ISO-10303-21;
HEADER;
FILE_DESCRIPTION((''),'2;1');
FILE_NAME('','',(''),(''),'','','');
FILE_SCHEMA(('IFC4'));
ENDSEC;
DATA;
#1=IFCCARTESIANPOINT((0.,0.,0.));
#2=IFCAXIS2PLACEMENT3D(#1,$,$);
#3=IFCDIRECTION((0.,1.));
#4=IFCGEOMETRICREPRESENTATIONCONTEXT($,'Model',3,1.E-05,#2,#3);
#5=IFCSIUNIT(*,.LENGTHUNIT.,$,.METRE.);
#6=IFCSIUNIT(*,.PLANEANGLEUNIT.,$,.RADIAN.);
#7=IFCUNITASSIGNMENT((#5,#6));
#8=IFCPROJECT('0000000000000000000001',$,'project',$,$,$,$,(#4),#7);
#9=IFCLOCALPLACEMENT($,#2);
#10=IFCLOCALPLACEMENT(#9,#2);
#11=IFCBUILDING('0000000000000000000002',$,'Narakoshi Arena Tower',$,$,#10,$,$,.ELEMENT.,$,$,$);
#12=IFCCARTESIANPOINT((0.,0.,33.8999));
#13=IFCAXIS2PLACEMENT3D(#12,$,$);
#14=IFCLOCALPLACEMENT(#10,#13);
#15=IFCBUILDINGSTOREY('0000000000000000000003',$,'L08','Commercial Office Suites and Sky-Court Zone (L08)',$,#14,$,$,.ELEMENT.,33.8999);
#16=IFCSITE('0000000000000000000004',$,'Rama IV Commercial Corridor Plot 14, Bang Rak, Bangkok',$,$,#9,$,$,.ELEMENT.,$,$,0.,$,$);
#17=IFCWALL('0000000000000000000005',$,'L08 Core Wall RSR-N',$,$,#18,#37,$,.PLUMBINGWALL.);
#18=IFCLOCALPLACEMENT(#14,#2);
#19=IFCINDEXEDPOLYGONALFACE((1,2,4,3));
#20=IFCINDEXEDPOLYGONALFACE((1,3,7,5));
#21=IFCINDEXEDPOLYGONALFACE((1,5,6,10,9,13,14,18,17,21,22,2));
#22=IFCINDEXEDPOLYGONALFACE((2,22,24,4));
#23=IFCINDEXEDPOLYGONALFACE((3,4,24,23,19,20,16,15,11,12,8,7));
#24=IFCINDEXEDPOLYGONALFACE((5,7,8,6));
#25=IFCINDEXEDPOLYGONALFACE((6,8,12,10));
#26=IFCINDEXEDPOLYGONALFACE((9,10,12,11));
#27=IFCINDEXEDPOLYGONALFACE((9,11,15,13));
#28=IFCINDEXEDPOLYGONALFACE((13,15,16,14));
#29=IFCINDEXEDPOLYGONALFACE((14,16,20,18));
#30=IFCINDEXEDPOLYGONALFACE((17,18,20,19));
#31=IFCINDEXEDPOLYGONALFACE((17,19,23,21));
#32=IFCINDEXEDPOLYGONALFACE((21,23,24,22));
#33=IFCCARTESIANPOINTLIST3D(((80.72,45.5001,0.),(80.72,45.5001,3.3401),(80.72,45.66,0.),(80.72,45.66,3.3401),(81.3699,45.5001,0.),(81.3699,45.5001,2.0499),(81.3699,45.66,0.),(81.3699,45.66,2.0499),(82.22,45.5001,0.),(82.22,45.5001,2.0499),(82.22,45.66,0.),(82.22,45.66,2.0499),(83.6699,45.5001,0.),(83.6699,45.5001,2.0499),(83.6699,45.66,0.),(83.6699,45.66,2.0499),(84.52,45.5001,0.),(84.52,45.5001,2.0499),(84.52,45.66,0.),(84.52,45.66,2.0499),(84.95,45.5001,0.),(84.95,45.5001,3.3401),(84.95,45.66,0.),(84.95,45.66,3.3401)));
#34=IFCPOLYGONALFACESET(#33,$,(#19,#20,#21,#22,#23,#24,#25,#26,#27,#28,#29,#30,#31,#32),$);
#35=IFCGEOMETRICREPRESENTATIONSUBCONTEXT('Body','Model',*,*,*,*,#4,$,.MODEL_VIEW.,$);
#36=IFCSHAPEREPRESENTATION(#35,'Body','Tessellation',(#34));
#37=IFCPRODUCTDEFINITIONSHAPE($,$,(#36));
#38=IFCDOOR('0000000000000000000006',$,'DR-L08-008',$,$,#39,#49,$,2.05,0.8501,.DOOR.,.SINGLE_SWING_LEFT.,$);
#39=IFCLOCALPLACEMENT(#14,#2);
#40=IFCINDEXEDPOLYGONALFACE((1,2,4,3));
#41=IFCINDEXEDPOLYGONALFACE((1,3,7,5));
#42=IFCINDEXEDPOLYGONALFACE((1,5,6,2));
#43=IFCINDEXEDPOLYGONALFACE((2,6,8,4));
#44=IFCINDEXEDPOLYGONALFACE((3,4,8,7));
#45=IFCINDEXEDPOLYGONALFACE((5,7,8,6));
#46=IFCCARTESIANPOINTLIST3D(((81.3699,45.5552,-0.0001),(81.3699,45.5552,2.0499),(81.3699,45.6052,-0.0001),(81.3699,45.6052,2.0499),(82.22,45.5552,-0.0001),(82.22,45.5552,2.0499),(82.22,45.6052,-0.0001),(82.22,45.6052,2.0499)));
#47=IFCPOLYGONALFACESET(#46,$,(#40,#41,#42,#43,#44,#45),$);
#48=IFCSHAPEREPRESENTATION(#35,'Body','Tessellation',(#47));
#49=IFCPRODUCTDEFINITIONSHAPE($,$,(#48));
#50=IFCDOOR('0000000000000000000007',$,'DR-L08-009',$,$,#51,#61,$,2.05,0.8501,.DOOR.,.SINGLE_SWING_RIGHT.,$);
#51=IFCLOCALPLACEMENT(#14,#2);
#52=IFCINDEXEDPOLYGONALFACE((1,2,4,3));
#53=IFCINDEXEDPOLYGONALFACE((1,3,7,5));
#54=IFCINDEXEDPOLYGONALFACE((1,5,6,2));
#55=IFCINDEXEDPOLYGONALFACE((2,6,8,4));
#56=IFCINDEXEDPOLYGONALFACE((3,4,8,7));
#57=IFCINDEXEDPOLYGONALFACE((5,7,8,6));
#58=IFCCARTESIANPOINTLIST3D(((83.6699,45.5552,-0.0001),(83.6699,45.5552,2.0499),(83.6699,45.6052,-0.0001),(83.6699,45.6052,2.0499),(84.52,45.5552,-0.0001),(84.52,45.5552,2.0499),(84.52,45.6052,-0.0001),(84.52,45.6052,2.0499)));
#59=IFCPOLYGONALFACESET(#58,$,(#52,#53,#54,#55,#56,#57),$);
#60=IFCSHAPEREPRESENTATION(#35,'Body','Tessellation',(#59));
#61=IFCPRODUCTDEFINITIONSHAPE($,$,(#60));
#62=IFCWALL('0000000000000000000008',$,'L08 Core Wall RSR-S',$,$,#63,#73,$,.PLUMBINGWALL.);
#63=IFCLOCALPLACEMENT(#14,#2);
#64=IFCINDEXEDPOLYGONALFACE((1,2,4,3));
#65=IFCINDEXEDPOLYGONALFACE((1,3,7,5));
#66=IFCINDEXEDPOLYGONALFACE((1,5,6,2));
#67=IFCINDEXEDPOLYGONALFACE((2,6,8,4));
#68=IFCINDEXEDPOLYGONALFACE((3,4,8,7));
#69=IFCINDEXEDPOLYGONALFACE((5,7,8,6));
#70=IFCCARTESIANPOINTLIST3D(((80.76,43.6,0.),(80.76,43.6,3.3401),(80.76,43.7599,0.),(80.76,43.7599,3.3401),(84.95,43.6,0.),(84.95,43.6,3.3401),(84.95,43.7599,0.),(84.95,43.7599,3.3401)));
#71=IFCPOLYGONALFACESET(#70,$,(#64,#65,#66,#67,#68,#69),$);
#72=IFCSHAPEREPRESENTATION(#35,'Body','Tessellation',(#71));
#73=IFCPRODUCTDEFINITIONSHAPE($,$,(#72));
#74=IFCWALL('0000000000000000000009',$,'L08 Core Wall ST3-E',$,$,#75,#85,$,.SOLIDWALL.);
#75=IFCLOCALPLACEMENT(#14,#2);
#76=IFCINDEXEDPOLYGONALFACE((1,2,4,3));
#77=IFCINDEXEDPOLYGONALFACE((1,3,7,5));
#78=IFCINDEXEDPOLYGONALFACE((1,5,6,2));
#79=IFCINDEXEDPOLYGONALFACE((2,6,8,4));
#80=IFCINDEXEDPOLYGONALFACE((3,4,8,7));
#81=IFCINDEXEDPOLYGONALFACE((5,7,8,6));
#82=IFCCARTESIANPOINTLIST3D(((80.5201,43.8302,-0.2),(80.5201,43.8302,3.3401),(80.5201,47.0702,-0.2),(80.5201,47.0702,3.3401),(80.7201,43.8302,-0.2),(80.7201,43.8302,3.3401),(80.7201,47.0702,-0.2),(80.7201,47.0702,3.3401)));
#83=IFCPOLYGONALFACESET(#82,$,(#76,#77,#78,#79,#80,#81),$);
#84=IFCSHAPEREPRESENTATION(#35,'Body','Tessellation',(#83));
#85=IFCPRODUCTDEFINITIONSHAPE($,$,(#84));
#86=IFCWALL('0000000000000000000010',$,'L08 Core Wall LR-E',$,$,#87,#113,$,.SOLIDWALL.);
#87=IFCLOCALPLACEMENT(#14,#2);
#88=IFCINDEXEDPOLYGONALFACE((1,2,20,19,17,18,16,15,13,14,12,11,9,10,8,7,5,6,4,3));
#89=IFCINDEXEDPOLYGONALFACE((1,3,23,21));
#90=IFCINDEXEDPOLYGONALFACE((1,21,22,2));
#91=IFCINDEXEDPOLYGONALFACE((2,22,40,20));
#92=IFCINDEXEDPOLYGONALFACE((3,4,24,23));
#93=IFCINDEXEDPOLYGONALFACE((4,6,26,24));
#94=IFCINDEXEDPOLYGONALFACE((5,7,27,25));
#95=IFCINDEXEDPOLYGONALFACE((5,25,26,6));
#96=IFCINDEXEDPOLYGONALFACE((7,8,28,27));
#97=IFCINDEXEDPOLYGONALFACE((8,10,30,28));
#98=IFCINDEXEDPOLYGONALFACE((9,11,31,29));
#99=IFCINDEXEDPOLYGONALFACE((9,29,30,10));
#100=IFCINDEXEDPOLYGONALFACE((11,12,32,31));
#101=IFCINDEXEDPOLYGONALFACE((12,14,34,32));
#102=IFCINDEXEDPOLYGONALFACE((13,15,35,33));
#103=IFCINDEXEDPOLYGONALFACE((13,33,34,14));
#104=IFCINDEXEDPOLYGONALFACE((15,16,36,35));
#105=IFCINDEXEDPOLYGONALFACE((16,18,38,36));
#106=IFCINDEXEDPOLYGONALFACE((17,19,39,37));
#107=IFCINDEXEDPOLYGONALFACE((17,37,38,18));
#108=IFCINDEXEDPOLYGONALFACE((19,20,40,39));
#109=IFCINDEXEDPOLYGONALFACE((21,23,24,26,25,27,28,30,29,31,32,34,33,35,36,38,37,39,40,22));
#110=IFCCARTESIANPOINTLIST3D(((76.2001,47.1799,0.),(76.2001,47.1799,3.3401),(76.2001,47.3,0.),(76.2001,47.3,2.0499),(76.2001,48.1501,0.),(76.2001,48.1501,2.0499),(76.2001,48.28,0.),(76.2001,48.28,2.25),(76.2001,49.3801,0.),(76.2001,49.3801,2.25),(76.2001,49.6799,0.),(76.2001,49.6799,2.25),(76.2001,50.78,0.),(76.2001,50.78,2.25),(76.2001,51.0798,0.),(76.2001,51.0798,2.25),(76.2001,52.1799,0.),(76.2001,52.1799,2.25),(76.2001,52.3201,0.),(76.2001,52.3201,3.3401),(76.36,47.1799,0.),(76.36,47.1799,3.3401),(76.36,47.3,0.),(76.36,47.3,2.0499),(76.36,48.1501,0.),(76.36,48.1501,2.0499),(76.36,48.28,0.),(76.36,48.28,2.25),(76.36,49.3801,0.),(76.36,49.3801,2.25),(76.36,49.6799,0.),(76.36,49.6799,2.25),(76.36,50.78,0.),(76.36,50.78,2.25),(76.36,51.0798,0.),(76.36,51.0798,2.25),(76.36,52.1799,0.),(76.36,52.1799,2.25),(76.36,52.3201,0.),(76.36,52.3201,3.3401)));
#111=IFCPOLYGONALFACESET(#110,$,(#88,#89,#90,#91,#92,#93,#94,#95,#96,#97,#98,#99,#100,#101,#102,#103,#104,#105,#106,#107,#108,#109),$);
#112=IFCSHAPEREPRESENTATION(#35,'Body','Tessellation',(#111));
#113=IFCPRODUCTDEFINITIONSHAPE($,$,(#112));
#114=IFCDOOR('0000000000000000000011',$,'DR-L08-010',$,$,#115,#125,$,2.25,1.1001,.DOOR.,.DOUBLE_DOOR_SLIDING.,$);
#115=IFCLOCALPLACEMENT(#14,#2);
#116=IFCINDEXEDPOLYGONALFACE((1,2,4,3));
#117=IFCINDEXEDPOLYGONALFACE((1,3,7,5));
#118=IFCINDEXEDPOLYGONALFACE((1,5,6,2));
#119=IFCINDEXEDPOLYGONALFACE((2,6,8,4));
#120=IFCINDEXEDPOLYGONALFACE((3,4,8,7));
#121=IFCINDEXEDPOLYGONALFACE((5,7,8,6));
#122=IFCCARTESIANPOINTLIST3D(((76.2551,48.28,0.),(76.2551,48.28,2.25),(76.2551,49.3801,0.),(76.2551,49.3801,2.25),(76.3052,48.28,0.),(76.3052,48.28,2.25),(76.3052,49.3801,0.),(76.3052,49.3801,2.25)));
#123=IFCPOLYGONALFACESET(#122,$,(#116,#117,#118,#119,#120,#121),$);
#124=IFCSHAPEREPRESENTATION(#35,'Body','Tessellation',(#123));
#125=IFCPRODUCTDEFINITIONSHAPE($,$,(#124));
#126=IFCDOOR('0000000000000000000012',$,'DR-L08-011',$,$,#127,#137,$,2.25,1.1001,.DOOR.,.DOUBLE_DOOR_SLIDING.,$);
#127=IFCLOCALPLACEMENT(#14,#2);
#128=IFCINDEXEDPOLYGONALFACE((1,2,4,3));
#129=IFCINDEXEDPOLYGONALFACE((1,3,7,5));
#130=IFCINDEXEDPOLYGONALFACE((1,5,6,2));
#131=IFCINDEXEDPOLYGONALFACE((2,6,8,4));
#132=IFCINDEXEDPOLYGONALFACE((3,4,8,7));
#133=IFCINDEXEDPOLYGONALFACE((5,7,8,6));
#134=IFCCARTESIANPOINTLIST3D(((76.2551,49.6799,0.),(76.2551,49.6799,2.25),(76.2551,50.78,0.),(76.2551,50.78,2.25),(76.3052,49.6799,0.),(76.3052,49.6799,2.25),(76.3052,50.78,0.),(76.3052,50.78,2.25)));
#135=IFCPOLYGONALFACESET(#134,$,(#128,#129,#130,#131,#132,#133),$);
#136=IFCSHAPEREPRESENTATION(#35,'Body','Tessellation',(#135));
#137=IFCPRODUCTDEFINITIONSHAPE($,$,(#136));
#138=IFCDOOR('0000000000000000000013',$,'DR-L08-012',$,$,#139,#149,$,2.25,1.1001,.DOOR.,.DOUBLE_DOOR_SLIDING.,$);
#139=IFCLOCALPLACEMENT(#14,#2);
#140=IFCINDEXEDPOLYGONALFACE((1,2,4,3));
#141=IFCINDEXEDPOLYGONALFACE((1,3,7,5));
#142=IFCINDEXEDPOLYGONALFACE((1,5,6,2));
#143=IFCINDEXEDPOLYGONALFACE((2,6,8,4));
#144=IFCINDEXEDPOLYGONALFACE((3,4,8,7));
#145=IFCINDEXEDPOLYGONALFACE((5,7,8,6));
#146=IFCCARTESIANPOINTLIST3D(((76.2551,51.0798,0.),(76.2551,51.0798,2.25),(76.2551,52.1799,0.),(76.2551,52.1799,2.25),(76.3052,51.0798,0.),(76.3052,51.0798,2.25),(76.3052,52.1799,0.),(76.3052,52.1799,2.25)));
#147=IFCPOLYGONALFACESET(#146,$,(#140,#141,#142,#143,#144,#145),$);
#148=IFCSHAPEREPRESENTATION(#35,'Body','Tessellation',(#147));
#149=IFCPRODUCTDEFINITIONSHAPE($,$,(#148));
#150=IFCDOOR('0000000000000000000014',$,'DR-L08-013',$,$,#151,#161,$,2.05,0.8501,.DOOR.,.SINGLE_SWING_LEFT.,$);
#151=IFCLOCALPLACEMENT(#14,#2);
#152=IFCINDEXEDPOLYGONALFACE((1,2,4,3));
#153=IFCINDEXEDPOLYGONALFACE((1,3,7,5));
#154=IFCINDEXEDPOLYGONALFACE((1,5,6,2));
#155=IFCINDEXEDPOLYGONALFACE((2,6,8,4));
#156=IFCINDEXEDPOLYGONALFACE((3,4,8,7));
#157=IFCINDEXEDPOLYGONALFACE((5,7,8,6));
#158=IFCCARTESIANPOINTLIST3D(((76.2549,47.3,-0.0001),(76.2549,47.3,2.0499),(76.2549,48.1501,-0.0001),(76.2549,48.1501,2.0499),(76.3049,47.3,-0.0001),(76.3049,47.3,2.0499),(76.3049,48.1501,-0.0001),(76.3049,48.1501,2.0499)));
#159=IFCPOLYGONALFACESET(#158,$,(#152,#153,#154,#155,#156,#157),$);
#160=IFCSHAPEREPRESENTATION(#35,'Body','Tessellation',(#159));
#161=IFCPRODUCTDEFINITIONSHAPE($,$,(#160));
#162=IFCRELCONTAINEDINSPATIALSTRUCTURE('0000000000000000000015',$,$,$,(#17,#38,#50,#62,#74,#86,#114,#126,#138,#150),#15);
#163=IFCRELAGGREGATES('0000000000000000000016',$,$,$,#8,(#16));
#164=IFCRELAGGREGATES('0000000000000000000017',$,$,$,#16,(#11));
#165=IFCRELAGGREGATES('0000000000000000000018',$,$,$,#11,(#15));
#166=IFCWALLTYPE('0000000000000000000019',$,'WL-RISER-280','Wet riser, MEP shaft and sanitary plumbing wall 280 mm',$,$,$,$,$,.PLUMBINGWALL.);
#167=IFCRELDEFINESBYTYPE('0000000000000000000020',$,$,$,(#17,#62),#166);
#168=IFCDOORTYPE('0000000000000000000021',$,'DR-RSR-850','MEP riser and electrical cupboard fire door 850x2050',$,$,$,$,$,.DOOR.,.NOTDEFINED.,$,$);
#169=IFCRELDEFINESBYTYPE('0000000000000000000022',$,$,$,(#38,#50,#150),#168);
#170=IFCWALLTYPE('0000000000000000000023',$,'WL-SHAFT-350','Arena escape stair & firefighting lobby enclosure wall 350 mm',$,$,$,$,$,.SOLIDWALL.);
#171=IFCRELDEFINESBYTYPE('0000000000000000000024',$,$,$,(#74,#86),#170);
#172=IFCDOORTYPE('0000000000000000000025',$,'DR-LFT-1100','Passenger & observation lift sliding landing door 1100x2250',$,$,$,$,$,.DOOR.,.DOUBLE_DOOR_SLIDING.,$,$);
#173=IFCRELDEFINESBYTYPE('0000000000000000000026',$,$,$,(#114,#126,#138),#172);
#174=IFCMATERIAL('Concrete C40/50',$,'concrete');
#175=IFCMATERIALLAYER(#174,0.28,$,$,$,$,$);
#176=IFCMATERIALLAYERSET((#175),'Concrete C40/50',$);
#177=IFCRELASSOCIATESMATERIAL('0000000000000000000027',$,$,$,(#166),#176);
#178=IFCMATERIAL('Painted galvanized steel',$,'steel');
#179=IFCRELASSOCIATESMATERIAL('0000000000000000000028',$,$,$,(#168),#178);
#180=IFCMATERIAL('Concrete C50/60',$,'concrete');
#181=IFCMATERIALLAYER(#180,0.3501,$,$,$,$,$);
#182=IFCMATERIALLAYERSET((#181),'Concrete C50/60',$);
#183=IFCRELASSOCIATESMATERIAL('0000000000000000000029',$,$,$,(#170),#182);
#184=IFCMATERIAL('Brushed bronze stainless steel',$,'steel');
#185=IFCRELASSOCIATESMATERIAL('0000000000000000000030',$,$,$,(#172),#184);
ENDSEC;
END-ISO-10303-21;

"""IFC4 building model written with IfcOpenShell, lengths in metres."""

from ifc_helpers import new_model, si_unit, direction, frame, frame_2d, origin, place, context, subcontext, project, spatial, rectangle, extrude, material, layer, layer_set, type_object, element, fill, save


model = new_model("IFC4")

# Units and contexts
model_context = context("Model", 3, precision=1e-05, world=origin(), true_north=direction((0.0, 1.0)))
body_context = subcontext(model_context, "Body", "Model", "MODEL_VIEW")
ifc_project = project(units=[si_unit("LENGTHUNIT", "METRE"), si_unit("PLANEANGLEUNIT", "RADIAN")], contexts=[model_context])

# Site, building, storey
site_placement = place(None, origin())
site = spatial("IfcSite", under=ifc_project, at=site_placement, Name="Rama IV Commercial Corridor Plot 14, Bang Rak, Bangkok", CompositionType="ELEMENT", RefElevation=0.0)
building_placement = place(site_placement, origin())
building = spatial("IfcBuilding", under=site, at=building_placement, Name="Narakoshi Arena Tower", CompositionType="ELEMENT")
storey_placement = place(building_placement, frame((0.0, 0.0, 33.8999)))
storey = spatial("IfcBuildingStorey", under=building, at=storey_placement, Name="L08", Description="Commercial Office Suites and Sky-Court Zone (L08)", CompositionType="ELEMENT", Elevation=33.8999)

# Wall, openings, doors
ifc_material_1 = material(Name="Concrete C40/50", Category="concrete")
ifc_layer_1 = layer(ifc_material_1, 0.28)
ifc_layer_set_1 = layer_set([ifc_layer_1], Name="Concrete C40/50")
wall_type_1 = type_object("IfcWallType", Name="WL-RISER-280", Description="Wet riser, MEP shaft and sanitary plumbing wall 280 mm", PredefinedType="PLUMBINGWALL", material=ifc_layer_set_1)
wall_1_placement = place(storey_placement, frame((80.72, 45.5801, 0.0), z_axis=(0.0, 0.0, 1.0), x_axis=(1.0, 0.0, 0.0)))
wall_1 = element("IfcWall", 1, at=wall_1_placement, inside=storey, type_object=wall_type_1, Name="L08 Core Wall RSR-N", PredefinedType="PLUMBINGWALL", context=body_context, shape_type="SweptSolid", body=[
    extrude(rectangle(XDim=4.23, YDim=0.1599, at=frame_2d((2.115, 0.0))), origin(), (0.0, 0.0, 1.0), 3.3401),
])
opening_1_placement = place(wall_1_placement, frame((0.6499, 0.0, 0.0)))
opening_1 = element("IfcOpeningElement", 2, at=opening_1_placement, cuts=wall_1, PredefinedType="OPENING", context=body_context, shape_type="SweptSolid", body=[
    extrude(rectangle(XDim=0.8501, YDim=2.05, at=frame_2d((0.425, 1.0249))), frame((0.0, 0.0898, 0.0), z_axis=(0.0, -1.0, 0.0), x_axis=(1.0, 0.0, 0.0)), (0.0, 0.0, 1.0), 0.1799),
])
opening_2_placement = place(wall_1_placement, frame((2.95, 0.0, 0.0)))
opening_2 = element("IfcOpeningElement", 3, at=opening_2_placement, cuts=wall_1, PredefinedType="OPENING", context=body_context, shape_type="SweptSolid", body=[
    extrude(rectangle(XDim=0.8501, YDim=2.05, at=frame_2d((0.425, 1.0249))), frame((0.0, 0.0898, 0.0), z_axis=(0.0, -1.0, 0.0), x_axis=(1.0, 0.0, 0.0)), (0.0, 0.0, 1.0), 0.1799),
])
ifc_material_2 = material(Name="Painted galvanized steel", Category="steel")
door_type_1 = type_object("IfcDoorType", Name="DR-RSR-850", Description="MEP riser and electrical cupboard fire door 850x2050", OperationType="NOTDEFINED", PredefinedType="DOOR", material=ifc_material_2)
door_1_placement = place(opening_1_placement, frame((0.8501, 0.0, 0.0), z_axis=(0.0, 0.0, 1.0), x_axis=(-1.0, 0.0, 0.0)))
door_1 = element("IfcDoor", 4, at=door_1_placement, inside=storey, type_object=door_type_1, Name="DR-L08-008", OperationType="SINGLE_SWING_LEFT", OverallHeight=2.05, OverallWidth=0.8501, PredefinedType="DOOR", context=body_context, shape_type="SweptSolid", body=[
    extrude(rectangle(XDim=0.8501, YDim=2.05, at=frame_2d((0.425, 1.0249))), frame((0.0, 0.0249, 0.0), z_axis=(0.0, -1.0, 0.0), x_axis=(1.0, 0.0, 0.0)), (0.0, 0.0, 1.0), 0.05),
])
fill(opening_1, door_1)
door_2_placement = place(opening_2_placement, frame((0.8501, 0.0, 0.0), z_axis=(0.0, 0.0, 1.0), x_axis=(-1.0, 0.0, 0.0)))
door_2 = element("IfcDoor", 5, at=door_2_placement, inside=storey, type_object=door_type_1, Name="DR-L08-009", OperationType="SINGLE_SWING_RIGHT", OverallHeight=2.05, OverallWidth=0.8501, PredefinedType="DOOR", context=body_context, shape_type="SweptSolid", body=[
    extrude(rectangle(XDim=0.8501, YDim=2.05, at=frame_2d((0.425, 1.0249))), frame((0.0, 0.0249, 0.0), z_axis=(0.0, -1.0, 0.0), x_axis=(1.0, 0.0, 0.0)), (0.0, 0.0, 1.0), 0.05),
])
fill(opening_2, door_2)

# Walls
wall_2_placement = place(storey_placement, frame((80.76, 43.6799, 0.0), z_axis=(0.0, 0.0, 1.0), x_axis=(1.0, 0.0, 0.0)))
element("IfcWall", 6, at=wall_2_placement, inside=storey, type_object=wall_type_1, Name="L08 Core Wall RSR-S", PredefinedType="PLUMBINGWALL", context=body_context, shape_type="SweptSolid", body=[
    extrude(rectangle(XDim=4.1899, YDim=0.1599, at=frame_2d((2.095, 0.0))), origin(), (0.0, 0.0, 1.0), 3.3401),
])
ifc_material_3 = material(Name="Concrete C50/60", Category="concrete")
ifc_layer_2 = layer(ifc_material_3, 0.3501)
ifc_layer_set_2 = layer_set([ifc_layer_2], Name="Concrete C50/60")
wall_type_2 = type_object("IfcWallType", Name="WL-SHAFT-350", Description="Arena escape stair & firefighting lobby enclosure wall 350 mm", PredefinedType="SOLIDWALL", material=ifc_layer_set_2)
wall_3_placement = place(storey_placement, frame((80.6201, 43.8301, -0.2), z_axis=(0.0, 0.0, 1.0), x_axis=(0.0, 1.0, 0.0)))
element("IfcWall", 7, at=wall_3_placement, inside=storey, type_object=wall_type_2, Name="L08 Core Wall ST3-E", PredefinedType="SOLIDWALL", context=body_context, shape_type="SweptSolid", body=[
    extrude(rectangle(XDim=3.24, YDim=0.2, at=frame_2d((1.6201, 0.0))), origin(), (0.0, 0.0, 1.0), 3.54),
])

# Wall, openings, doors
wall_4_placement = place(storey_placement, frame((76.28, 47.1799, 0.0), z_axis=(0.0, 0.0, 1.0), x_axis=(0.0, 1.0, 0.0)))
wall_4 = element("IfcWall", 8, at=wall_4_placement, inside=storey, type_object=wall_type_2, Name="L08 Core Wall LR-E", PredefinedType="SOLIDWALL", context=body_context, shape_type="SweptSolid", body=[
    extrude(rectangle(XDim=5.1401, YDim=0.1599, at=frame_2d((2.5701, 0.0))), origin(), (0.0, 0.0, 1.0), 3.3401),
])
opening_3_placement = place(wall_4_placement, frame((1.1001, 0.0, 0.0)))
opening_3 = element("IfcOpeningElement", 9, at=opening_3_placement, cuts=wall_4, PredefinedType="OPENING", context=body_context, shape_type="SweptSolid", body=[
    extrude(rectangle(XDim=1.1001, YDim=2.25, at=frame_2d((0.55, 1.125))), frame((0.0, 0.0898, 0.0), z_axis=(0.0, -1.0, 0.0), x_axis=(1.0, 0.0, 0.0)), (0.0, 0.0, 1.0), 0.1799),
])
opening_4_placement = place(wall_4_placement, frame((2.5, 0.0, 0.0)))
opening_4 = element("IfcOpeningElement", 10, at=opening_4_placement, cuts=wall_4, PredefinedType="OPENING", context=body_context, shape_type="SweptSolid", body=[
    extrude(rectangle(XDim=1.1001, YDim=2.25, at=frame_2d((0.55, 1.125))), frame((0.0, 0.0898, 0.0), z_axis=(0.0, -1.0, 0.0), x_axis=(1.0, 0.0, 0.0)), (0.0, 0.0, 1.0), 0.1799),
])
opening_5_placement = place(wall_4_placement, frame((3.8999, 0.0, 0.0)))
opening_5 = element("IfcOpeningElement", 11, at=opening_5_placement, cuts=wall_4, PredefinedType="OPENING", context=body_context, shape_type="SweptSolid", body=[
    extrude(rectangle(XDim=1.1001, YDim=2.25, at=frame_2d((0.55, 1.125))), frame((0.0, 0.0898, 0.0), z_axis=(0.0, -1.0, 0.0), x_axis=(1.0, 0.0, 0.0)), (0.0, 0.0, 1.0), 0.1799),
])
opening_6_placement = place(wall_4_placement, frame((0.1201, 0.0, 0.0)))
opening_6 = element("IfcOpeningElement", 12, at=opening_6_placement, cuts=wall_4, PredefinedType="OPENING", context=body_context, shape_type="SweptSolid", body=[
    extrude(rectangle(XDim=0.8501, YDim=2.05, at=frame_2d((0.425, 1.0249))), frame((0.0, 0.0898, 0.0), z_axis=(0.0, -1.0, 0.0), x_axis=(1.0, 0.0, 0.0)), (0.0, 0.0, 1.0), 0.1799),
])
ifc_material_4 = material(Name="Brushed bronze stainless steel", Category="steel")
door_type_2 = type_object("IfcDoorType", Name="DR-LFT-1100", Description="Passenger & observation lift sliding landing door 1100x2250", OperationType="DOUBLE_DOOR_SLIDING", PredefinedType="DOOR", material=ifc_material_4)
door_3_placement = place(opening_3_placement, origin())
door_3 = element("IfcDoor", 13, at=door_3_placement, inside=storey, type_object=door_type_2, Name="DR-L08-010", OperationType="DOUBLE_DOOR_SLIDING", OverallHeight=2.25, OverallWidth=1.1001, PredefinedType="DOOR", context=body_context, shape_type="SweptSolid", body=[
    extrude(rectangle(XDim=1.1001, YDim=2.25, at=frame_2d((0.55, 1.125))), frame((0.0, 0.0249, 0.0), z_axis=(0.0, -1.0, 0.0), x_axis=(1.0, 0.0, 0.0)), (0.0, 0.0, 1.0), 0.05),
])
fill(opening_3, door_3)
door_4_placement = place(opening_4_placement, origin())
door_4 = element("IfcDoor", 14, at=door_4_placement, inside=storey, type_object=door_type_2, Name="DR-L08-011", OperationType="DOUBLE_DOOR_SLIDING", OverallHeight=2.25, OverallWidth=1.1001, PredefinedType="DOOR", context=body_context, shape_type="SweptSolid", body=[
    extrude(rectangle(XDim=1.1001, YDim=2.25, at=frame_2d((0.55, 1.125))), frame((0.0, 0.0249, 0.0), z_axis=(0.0, -1.0, 0.0), x_axis=(1.0, 0.0, 0.0)), (0.0, 0.0, 1.0), 0.05),
])
fill(opening_4, door_4)
door_5_placement = place(opening_5_placement, origin())
door_5 = element("IfcDoor", 15, at=door_5_placement, inside=storey, type_object=door_type_2, Name="DR-L08-012", OperationType="DOUBLE_DOOR_SLIDING", OverallHeight=2.25, OverallWidth=1.1001, PredefinedType="DOOR", context=body_context, shape_type="SweptSolid", body=[
    extrude(rectangle(XDim=1.1001, YDim=2.25, at=frame_2d((0.55, 1.125))), frame((0.0, 0.0249, 0.0), z_axis=(0.0, -1.0, 0.0), x_axis=(1.0, 0.0, 0.0)), (0.0, 0.0, 1.0), 0.05),
])
fill(opening_5, door_5)
door_6_placement = place(opening_6_placement, frame((0.8501, 0.0, 0.0), z_axis=(0.0, 0.0, 1.0), x_axis=(-1.0, 0.0, 0.0)))
door_6 = element("IfcDoor", 16, at=door_6_placement, inside=storey, type_object=door_type_1, Name="DR-L08-013", OperationType="SINGLE_SWING_LEFT", OverallHeight=2.05, OverallWidth=0.8501, PredefinedType="DOOR", context=body_context, shape_type="SweptSolid", body=[
    extrude(rectangle(XDim=0.8501, YDim=2.05, at=frame_2d((0.425, 1.0249))), frame((0.0, 0.0249, 0.0), z_axis=(0.0, -1.0, 0.0), x_axis=(1.0, 0.0, 0.0)), (0.0, 0.0, 1.0), 0.05),
])
fill(opening_6, door_6)

save(model, "model.ifc")
